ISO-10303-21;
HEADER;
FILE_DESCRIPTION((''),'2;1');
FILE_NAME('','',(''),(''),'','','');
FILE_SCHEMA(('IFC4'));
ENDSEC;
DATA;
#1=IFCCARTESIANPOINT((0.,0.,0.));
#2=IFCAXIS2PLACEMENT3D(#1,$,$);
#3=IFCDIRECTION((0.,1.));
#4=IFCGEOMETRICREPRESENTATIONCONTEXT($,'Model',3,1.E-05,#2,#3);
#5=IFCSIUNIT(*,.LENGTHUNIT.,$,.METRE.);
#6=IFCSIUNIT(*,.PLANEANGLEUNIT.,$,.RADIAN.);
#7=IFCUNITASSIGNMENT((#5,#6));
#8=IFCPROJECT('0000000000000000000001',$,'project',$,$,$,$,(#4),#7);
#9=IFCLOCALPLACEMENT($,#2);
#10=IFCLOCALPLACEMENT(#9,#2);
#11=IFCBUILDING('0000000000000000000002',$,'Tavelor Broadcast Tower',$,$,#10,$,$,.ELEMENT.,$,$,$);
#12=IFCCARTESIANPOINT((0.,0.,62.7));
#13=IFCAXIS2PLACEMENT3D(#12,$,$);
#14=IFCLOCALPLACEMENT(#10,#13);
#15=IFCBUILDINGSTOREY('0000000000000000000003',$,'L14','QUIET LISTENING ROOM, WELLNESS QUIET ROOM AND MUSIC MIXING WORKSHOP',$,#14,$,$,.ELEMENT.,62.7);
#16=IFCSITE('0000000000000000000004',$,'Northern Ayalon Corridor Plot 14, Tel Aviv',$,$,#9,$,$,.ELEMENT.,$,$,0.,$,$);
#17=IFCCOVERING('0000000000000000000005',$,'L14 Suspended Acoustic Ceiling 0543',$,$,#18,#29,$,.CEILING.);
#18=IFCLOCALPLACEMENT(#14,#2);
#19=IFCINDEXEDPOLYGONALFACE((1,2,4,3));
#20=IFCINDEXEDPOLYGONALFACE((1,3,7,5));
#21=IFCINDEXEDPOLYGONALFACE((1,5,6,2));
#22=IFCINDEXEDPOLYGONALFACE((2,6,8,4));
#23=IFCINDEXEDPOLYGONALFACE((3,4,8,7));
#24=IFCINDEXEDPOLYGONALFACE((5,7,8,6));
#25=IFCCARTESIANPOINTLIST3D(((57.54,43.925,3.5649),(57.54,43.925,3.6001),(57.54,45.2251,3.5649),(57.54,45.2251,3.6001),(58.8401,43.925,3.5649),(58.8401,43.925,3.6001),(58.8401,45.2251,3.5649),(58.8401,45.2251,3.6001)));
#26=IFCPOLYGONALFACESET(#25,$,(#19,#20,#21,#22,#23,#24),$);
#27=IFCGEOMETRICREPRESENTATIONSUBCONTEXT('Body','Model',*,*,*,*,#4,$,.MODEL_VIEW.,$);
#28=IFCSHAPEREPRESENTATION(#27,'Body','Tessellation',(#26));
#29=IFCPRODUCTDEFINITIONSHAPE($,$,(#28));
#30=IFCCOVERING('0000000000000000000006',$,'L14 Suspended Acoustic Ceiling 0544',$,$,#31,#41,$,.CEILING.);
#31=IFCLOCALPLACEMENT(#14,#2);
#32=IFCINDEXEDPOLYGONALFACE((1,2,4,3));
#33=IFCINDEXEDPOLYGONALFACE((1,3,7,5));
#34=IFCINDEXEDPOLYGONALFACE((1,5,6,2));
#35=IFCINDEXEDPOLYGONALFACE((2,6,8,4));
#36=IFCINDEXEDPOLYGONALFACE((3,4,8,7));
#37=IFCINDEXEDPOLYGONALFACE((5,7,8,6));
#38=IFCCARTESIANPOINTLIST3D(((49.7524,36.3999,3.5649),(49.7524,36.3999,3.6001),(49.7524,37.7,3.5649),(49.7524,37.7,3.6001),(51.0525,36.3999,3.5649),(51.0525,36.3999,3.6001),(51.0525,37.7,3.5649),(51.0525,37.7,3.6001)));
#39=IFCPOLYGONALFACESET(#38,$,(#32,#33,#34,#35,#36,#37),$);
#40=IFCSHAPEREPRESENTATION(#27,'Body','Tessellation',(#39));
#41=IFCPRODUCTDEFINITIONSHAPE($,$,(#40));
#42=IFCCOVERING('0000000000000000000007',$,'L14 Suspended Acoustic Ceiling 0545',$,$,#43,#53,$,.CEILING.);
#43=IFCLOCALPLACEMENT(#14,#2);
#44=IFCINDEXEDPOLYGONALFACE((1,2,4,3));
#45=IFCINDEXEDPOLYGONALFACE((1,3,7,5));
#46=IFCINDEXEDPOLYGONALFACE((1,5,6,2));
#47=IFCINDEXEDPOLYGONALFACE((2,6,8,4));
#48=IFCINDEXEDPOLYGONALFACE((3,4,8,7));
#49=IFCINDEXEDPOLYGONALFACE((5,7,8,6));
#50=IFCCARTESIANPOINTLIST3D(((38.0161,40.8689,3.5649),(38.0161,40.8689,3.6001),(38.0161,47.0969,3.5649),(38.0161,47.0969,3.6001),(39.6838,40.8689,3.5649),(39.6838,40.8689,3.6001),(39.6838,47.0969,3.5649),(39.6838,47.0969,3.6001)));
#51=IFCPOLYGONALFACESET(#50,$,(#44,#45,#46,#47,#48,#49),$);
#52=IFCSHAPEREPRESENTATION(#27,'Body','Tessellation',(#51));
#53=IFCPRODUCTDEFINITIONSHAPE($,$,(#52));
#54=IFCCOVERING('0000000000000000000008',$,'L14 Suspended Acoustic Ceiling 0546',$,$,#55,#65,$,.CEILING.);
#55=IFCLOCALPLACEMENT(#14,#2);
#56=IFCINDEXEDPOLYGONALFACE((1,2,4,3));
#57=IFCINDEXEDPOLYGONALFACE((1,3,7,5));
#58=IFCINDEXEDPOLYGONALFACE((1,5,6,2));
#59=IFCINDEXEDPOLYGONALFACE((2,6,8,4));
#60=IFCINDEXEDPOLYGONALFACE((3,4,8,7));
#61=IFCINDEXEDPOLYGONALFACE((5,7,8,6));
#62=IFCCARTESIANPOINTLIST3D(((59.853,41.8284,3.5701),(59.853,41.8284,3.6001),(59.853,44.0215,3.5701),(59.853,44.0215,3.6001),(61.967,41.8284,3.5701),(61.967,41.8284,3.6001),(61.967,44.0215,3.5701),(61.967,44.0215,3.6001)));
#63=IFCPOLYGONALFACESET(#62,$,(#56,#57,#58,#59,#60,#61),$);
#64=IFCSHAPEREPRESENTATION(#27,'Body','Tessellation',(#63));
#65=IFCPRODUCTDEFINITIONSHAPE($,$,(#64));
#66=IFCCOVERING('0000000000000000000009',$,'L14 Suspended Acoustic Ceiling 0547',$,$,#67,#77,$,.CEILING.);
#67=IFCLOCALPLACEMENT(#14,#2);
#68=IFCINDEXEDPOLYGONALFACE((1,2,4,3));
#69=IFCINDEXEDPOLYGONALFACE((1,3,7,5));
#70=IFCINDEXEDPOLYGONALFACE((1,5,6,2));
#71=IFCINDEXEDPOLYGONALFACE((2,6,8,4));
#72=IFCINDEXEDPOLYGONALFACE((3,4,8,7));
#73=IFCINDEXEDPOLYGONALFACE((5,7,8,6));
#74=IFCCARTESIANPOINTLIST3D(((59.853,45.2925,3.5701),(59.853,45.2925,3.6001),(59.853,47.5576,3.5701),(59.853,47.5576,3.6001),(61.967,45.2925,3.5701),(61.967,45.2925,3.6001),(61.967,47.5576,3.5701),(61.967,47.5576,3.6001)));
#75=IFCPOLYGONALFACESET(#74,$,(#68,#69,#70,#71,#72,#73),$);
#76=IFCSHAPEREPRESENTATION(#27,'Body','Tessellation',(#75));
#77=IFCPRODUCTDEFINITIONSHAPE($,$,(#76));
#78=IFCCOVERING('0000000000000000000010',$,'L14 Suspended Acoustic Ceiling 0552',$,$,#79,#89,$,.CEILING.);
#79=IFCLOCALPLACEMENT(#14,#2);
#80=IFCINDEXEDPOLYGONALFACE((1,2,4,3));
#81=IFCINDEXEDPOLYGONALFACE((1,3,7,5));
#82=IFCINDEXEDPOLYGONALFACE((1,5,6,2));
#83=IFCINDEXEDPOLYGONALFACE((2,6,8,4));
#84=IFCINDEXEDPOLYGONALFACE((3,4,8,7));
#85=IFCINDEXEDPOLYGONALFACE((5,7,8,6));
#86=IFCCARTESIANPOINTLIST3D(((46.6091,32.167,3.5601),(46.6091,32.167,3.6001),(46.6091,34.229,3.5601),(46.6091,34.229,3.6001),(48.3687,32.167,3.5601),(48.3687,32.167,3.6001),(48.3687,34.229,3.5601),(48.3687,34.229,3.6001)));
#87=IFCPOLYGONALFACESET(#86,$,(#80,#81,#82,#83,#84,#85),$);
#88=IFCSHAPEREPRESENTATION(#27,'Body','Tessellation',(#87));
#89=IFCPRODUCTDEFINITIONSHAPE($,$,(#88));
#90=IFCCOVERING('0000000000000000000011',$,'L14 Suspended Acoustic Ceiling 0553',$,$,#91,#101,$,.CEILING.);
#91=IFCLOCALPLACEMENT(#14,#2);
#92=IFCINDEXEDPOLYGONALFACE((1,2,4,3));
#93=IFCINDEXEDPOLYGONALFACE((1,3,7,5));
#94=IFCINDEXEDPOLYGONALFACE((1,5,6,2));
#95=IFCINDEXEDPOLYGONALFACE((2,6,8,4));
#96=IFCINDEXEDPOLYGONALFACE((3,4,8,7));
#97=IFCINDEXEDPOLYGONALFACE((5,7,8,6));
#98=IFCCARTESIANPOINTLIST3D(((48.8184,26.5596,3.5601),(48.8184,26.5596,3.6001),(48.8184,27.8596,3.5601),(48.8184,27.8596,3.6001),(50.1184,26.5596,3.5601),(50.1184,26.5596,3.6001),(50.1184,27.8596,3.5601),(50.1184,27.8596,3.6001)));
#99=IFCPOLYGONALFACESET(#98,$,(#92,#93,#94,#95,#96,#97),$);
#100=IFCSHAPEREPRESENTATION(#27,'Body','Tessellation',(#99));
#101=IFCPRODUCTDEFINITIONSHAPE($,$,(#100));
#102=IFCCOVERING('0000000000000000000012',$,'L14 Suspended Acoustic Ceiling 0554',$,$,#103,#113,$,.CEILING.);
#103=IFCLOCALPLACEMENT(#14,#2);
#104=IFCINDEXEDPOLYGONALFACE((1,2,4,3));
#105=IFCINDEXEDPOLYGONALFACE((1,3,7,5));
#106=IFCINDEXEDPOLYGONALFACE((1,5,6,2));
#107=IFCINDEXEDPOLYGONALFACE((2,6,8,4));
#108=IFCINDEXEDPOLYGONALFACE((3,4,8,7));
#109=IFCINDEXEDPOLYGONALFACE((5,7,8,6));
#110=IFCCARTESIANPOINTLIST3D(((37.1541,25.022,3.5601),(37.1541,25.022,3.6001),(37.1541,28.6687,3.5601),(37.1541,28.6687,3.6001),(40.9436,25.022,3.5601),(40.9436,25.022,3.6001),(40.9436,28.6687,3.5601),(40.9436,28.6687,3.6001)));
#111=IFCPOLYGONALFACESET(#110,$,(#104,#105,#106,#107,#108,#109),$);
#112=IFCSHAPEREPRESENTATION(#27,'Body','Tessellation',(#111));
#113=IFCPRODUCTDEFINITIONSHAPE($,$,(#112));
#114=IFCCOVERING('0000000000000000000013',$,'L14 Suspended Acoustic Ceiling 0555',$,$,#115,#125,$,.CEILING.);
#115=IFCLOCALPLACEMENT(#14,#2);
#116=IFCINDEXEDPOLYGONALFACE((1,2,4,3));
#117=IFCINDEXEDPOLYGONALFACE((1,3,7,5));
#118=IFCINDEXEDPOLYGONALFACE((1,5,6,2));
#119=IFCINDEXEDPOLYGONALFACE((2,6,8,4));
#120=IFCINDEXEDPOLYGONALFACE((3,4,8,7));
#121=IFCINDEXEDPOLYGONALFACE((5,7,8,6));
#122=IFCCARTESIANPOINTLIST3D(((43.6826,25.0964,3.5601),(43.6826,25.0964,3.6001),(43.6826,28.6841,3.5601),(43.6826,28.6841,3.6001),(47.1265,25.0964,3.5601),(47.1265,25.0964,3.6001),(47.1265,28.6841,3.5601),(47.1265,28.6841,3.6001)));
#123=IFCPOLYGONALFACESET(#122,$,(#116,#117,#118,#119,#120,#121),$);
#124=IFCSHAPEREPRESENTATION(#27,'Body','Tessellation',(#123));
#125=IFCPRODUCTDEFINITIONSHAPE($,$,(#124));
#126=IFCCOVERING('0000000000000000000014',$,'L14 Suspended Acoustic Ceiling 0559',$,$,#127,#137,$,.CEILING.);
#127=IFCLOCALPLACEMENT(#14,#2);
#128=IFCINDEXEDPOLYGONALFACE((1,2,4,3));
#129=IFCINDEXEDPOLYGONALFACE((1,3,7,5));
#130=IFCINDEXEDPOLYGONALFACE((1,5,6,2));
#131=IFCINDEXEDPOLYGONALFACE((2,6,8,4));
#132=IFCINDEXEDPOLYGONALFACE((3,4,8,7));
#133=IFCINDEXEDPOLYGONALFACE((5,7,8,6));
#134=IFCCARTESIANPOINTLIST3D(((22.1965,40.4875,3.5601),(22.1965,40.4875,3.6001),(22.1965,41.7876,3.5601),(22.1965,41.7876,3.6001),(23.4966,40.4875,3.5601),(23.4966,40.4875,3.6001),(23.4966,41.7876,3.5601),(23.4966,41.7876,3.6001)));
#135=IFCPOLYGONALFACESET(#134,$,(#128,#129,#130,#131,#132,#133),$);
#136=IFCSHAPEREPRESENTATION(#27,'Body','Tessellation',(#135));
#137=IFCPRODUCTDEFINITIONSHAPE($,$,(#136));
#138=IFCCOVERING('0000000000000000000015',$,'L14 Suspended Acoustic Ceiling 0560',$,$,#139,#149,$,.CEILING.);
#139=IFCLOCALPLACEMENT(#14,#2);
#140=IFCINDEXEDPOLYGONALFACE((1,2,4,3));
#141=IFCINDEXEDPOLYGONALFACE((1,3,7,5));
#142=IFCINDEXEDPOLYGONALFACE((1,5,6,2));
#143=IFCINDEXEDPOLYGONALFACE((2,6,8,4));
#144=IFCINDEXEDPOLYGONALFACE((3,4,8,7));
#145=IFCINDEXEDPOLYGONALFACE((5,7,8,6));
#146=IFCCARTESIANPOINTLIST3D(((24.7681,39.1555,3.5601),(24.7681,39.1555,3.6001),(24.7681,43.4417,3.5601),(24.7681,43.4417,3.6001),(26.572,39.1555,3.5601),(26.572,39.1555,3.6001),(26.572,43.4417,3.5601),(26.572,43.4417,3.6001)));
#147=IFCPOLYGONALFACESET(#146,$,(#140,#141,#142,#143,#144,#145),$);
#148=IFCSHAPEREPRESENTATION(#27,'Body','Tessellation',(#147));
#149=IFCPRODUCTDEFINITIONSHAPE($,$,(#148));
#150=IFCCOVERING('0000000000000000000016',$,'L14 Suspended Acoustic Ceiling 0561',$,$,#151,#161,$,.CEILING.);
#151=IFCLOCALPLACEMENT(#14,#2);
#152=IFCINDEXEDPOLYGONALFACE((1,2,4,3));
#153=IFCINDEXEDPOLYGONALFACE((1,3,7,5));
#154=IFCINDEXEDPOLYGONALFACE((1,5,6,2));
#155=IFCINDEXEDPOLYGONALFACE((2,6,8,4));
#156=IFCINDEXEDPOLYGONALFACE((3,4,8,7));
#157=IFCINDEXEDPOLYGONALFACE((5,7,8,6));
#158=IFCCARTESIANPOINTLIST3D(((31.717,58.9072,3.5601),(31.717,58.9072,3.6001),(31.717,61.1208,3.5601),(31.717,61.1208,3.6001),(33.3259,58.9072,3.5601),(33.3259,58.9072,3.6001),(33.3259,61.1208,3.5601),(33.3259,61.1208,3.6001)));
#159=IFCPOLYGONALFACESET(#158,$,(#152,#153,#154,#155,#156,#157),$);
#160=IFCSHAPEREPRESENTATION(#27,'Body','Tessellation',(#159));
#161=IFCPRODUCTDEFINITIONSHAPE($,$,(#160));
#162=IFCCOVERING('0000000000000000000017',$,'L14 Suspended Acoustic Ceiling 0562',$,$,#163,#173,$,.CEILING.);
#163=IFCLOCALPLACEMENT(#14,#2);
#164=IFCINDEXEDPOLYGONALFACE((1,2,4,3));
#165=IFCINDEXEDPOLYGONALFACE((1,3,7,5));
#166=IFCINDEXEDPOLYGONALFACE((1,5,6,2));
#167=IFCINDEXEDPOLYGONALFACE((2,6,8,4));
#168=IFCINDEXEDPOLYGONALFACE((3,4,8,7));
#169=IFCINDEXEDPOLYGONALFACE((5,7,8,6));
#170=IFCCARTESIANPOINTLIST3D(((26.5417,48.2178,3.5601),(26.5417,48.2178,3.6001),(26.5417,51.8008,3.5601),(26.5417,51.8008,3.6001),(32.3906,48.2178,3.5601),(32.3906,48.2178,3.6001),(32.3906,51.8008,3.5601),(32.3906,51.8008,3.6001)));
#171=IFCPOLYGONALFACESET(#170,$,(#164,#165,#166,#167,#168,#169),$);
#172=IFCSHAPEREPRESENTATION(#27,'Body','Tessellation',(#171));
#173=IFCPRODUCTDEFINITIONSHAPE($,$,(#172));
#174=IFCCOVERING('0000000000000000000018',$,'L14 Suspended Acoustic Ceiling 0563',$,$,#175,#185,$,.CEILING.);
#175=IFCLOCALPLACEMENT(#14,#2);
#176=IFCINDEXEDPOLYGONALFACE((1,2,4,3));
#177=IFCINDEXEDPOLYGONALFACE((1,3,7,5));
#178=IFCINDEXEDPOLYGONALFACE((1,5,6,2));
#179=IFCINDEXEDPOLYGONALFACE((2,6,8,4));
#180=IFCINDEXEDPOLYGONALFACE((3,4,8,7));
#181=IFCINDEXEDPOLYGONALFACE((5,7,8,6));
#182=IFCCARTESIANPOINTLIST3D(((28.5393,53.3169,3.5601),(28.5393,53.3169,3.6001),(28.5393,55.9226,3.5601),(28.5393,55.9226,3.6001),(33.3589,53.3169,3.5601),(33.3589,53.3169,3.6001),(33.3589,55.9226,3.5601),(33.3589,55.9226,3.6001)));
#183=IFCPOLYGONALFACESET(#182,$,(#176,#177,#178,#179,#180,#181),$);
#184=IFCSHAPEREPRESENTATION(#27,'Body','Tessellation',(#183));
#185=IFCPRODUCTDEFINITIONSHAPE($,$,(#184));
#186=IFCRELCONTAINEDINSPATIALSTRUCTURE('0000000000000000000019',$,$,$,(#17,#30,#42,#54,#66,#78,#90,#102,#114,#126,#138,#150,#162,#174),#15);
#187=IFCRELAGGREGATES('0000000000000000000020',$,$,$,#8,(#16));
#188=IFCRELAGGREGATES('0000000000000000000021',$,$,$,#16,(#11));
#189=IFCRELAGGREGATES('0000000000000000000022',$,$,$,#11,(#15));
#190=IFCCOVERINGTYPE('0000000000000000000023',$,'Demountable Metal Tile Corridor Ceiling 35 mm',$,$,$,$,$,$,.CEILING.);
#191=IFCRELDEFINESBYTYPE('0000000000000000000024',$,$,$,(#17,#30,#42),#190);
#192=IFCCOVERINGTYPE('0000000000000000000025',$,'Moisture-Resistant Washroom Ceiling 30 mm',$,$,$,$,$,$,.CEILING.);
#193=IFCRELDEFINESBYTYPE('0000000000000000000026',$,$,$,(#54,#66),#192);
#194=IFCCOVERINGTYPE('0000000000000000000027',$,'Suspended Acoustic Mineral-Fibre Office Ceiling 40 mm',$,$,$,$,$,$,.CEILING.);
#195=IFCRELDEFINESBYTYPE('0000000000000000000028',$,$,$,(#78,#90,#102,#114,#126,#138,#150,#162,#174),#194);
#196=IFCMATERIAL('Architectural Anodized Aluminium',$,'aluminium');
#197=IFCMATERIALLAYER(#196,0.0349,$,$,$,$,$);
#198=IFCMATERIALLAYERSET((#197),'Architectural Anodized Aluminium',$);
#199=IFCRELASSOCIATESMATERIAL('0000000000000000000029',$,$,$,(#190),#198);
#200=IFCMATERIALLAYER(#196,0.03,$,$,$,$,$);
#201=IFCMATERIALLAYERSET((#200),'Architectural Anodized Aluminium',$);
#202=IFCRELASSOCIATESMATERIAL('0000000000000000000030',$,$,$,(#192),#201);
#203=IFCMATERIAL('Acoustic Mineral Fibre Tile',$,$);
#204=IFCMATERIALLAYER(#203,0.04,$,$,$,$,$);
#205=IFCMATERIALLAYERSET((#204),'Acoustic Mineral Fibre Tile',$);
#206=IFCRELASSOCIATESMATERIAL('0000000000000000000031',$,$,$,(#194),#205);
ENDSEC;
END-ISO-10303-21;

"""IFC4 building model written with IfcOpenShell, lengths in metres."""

from ifc_helpers import new_model, si_unit, direction, frame, origin, place, context, subcontext, project, spatial, polyline, outline, extrude, material, layer, layer_set, type_object, element, save


model = new_model("IFC4")

# Units and contexts
model_context = context("Model", 3, precision=1e-05, world=origin(), true_north=direction((0.0, 1.0)))
body_context = subcontext(model_context, "Body", "Model", "MODEL_VIEW")
ifc_project = project(units=[si_unit("LENGTHUNIT", "METRE"), si_unit("PLANEANGLEUNIT", "RADIAN")], contexts=[model_context])

# Site, building, storey
site_placement = place(None, origin())
site = spatial("IfcSite", under=ifc_project, at=site_placement, Name="Northern Ayalon Corridor Plot 14, Tel Aviv", CompositionType="ELEMENT", RefElevation=0.0)
building_placement = place(site_placement, origin())
building = spatial("IfcBuilding", under=site, at=building_placement, Name="Tavelor Broadcast Tower", CompositionType="ELEMENT")
storey_placement = place(building_placement, frame((0.0, 0.0, 62.7)))
storey = spatial("IfcBuildingStorey", under=building, at=storey_placement, Name="L14", Description="QUIET LISTENING ROOM, WELLNESS QUIET ROOM AND MUSIC MIXING WORKSHOP", CompositionType="ELEMENT", Elevation=62.7)

# Coverings
ifc_material_1 = material(Name="Architectural Anodized Aluminium", Category="aluminium")
ifc_layer_1 = layer(ifc_material_1, 0.0349)
ifc_layer_set_1 = layer_set([ifc_layer_1], Name="Architectural Anodized Aluminium")
covering_type_1 = type_object("IfcCoveringType", Name="Demountable Metal Tile Corridor Ceiling 35 mm", PredefinedType="CEILING", material=ifc_layer_set_1)
covering_1_placement = place(storey_placement, frame((0.0, 0.0, 3.5649)))
element("IfcCovering", 1, at=covering_1_placement, inside=storey, type_object=covering_type_1, Name="L14 Suspended Acoustic Ceiling 0543", PredefinedType="CEILING", context=body_context, shape_type="SweptSolid", body=[
    extrude(outline(polyline([(57.54, 43.925), (58.8401, 43.925), (58.8401, 45.2251), (57.54, 45.2251), (57.54, 43.925)])), origin(), (0.0, 0.0, 1.0), 0.0352),
])
covering_2_placement = place(storey_placement, frame((0.0, 0.0, 3.5649)))
element("IfcCovering", 2, at=covering_2_placement, inside=storey, type_object=covering_type_1, Name="L14 Suspended Acoustic Ceiling 0544", PredefinedType="CEILING", context=body_context, shape_type="SweptSolid", body=[
    extrude(outline(polyline([(49.7524, 36.3999), (51.0525, 36.3999), (51.0525, 37.7), (49.7524, 37.7), (49.7524, 36.3999)])), origin(), (0.0, 0.0, 1.0), 0.0352),
])
covering_3_placement = place(storey_placement, frame((0.0, 0.0, 3.5649)))
element("IfcCovering", 3, at=covering_3_placement, inside=storey, type_object=covering_type_1, Name="L14 Suspended Acoustic Ceiling 0545", PredefinedType="CEILING", context=body_context, shape_type="SweptSolid", body=[
    extrude(outline(polyline([(38.0161, 40.8689), (39.6838, 40.8689), (39.6838, 47.0969), (38.0161, 47.0969), (38.0161, 40.8689)])), origin(), (0.0, 0.0, 1.0), 0.0352),
])
ifc_layer_2 = layer(ifc_material_1, 0.03)
ifc_layer_set_2 = layer_set([ifc_layer_2], Name="Architectural Anodized Aluminium")
covering_type_2 = type_object("IfcCoveringType", Name="Moisture-Resistant Washroom Ceiling 30 mm", PredefinedType="CEILING", material=ifc_layer_set_2)
covering_4_placement = place(storey_placement, frame((0.0, 0.0, 3.5701)))
element("IfcCovering", 4, at=covering_4_placement, inside=storey, type_object=covering_type_2, Name="L14 Suspended Acoustic Ceiling 0546", PredefinedType="CEILING", context=body_context, shape_type="SweptSolid", body=[
    extrude(outline(polyline([(59.853, 41.8284), (61.967, 41.8284), (61.967, 44.0215), (59.853, 44.0215), (59.853, 41.8284)])), origin(), (0.0, 0.0, 1.0), 0.03),
])
covering_5_placement = place(storey_placement, frame((0.0, 0.0, 3.5701)))
element("IfcCovering", 5, at=covering_5_placement, inside=storey, type_object=covering_type_2, Name="L14 Suspended Acoustic Ceiling 0547", PredefinedType="CEILING", context=body_context, shape_type="SweptSolid", body=[
    extrude(outline(polyline([(59.853, 45.2925), (61.967, 45.2925), (61.967, 47.5576), (59.853, 47.5576), (59.853, 45.2925)])), origin(), (0.0, 0.0, 1.0), 0.03),
])
ifc_material_2 = material(Name="Acoustic Mineral Fibre Tile")
ifc_layer_3 = layer(ifc_material_2, 0.04)
ifc_layer_set_3 = layer_set([ifc_layer_3], Name="Acoustic Mineral Fibre Tile")
covering_type_3 = type_object("IfcCoveringType", Name="Suspended Acoustic Mineral-Fibre Office Ceiling 40 mm", PredefinedType="CEILING", material=ifc_layer_set_3)
covering_6_placement = place(storey_placement, frame((0.0, 0.0, 3.5601)))
element("IfcCovering", 6, at=covering_6_placement, inside=storey, type_object=covering_type_3, Name="L14 Suspended Acoustic Ceiling 0552", PredefinedType="CEILING", context=body_context, shape_type="SweptSolid", body=[
    extrude(outline(polyline([(46.6091, 32.167), (48.3687, 32.167), (48.3687, 34.229), (46.6091, 34.229), (46.6091, 32.167)])), origin(), (0.0, 0.0, 1.0), 0.04),
])
covering_7_placement = place(storey_placement, frame((0.0, 0.0, 3.5601)))
element("IfcCovering", 7, at=covering_7_placement, inside=storey, type_object=covering_type_3, Name="L14 Suspended Acoustic Ceiling 0553", PredefinedType="CEILING", context=body_context, shape_type="SweptSolid", body=[
    extrude(outline(polyline([(48.8184, 26.5596), (50.1184, 26.5596), (50.1184, 27.8596), (48.8184, 27.8596), (48.8184, 26.5596)])), origin(), (0.0, 0.0, 1.0), 0.04),
])
covering_8_placement = place(storey_placement, frame((0.0, 0.0, 3.5601)))
element("IfcCovering", 8, at=covering_8_placement, inside=storey, type_object=covering_type_3, Name="L14 Suspended Acoustic Ceiling 0554", PredefinedType="CEILING", context=body_context, shape_type="SweptSolid", body=[
    extrude(outline(polyline([(37.1541, 25.022), (40.9436, 25.022), (40.9436, 28.6687), (37.1541, 28.6687), (37.1541, 25.022)])), origin(), (0.0, 0.0, 1.0), 0.04),
])
covering_9_placement = place(storey_placement, frame((0.0, 0.0, 3.5601)))
element("IfcCovering", 9, at=covering_9_placement, inside=storey, type_object=covering_type_3, Name="L14 Suspended Acoustic Ceiling 0555", PredefinedType="CEILING", context=body_context, shape_type="SweptSolid", body=[
    extrude(outline(polyline([(43.6826, 25.0964), (47.1265, 25.0964), (47.1265, 28.6841), (43.6826, 28.6841), (43.6826, 25.0964)])), origin(), (0.0, 0.0, 1.0), 0.04),
])
covering_10_placement = place(storey_placement, frame((0.0, 0.0, 3.5601)))
element("IfcCovering", 10, at=covering_10_placement, inside=storey, type_object=covering_type_3, Name="L14 Suspended Acoustic Ceiling 0559", PredefinedType="CEILING", context=body_context, shape_type="SweptSolid", body=[
    extrude(outline(polyline([(22.1965, 40.4875), (23.4966, 40.4875), (23.4966, 41.7876), (22.1965, 41.7876), (22.1965, 40.4875)])), origin(), (0.0, 0.0, 1.0), 0.04),
])
covering_11_placement = place(storey_placement, frame((0.0, 0.0, 3.5601)))
element("IfcCovering", 11, at=covering_11_placement, inside=storey, type_object=covering_type_3, Name="L14 Suspended Acoustic Ceiling 0560", PredefinedType="CEILING", context=body_context, shape_type="SweptSolid", body=[
    extrude(outline(polyline([(24.7681, 39.1555), (26.572, 39.1555), (26.572, 43.4417), (24.7681, 43.4417), (24.7681, 39.1555)])), origin(), (0.0, 0.0, 1.0), 0.04),
])
covering_12_placement = place(storey_placement, frame((0.0, 0.0, 3.5601)))
element("IfcCovering", 12, at=covering_12_placement, inside=storey, type_object=covering_type_3, Name="L14 Suspended Acoustic Ceiling 0561", PredefinedType="CEILING", context=body_context, shape_type="SweptSolid", body=[
    extrude(outline(polyline([(31.717, 58.9072), (33.3259, 58.9072), (33.3259, 61.1208), (31.717, 61.1208), (31.717, 58.9072)])), origin(), (0.0, 0.0, 1.0), 0.04),
])
covering_13_placement = place(storey_placement, frame((0.0, 0.0, 3.5601)))
element("IfcCovering", 13, at=covering_13_placement, inside=storey, type_object=covering_type_3, Name="L14 Suspended Acoustic Ceiling 0562", PredefinedType="CEILING", context=body_context, shape_type="SweptSolid", body=[
    extrude(outline(polyline([(26.5417, 48.2178), (32.3906, 48.2178), (32.3906, 51.8008), (26.5417, 51.8008), (26.5417, 48.2178)])), origin(), (0.0, 0.0, 1.0), 0.04),
])
covering_14_placement = place(storey_placement, frame((0.0, 0.0, 3.5601)))
element("IfcCovering", 14, at=covering_14_placement, inside=storey, type_object=covering_type_3, Name="L14 Suspended Acoustic Ceiling 0563", PredefinedType="CEILING", context=body_context, shape_type="SweptSolid", body=[
    extrude(outline(polyline([(28.5393, 53.3169), (33.3589, 53.3169), (33.3589, 55.9226), (28.5393, 55.9226), (28.5393, 53.3169)])), origin(), (0.0, 0.0, 1.0), 0.04),
])

save(model, "model.ifc")
